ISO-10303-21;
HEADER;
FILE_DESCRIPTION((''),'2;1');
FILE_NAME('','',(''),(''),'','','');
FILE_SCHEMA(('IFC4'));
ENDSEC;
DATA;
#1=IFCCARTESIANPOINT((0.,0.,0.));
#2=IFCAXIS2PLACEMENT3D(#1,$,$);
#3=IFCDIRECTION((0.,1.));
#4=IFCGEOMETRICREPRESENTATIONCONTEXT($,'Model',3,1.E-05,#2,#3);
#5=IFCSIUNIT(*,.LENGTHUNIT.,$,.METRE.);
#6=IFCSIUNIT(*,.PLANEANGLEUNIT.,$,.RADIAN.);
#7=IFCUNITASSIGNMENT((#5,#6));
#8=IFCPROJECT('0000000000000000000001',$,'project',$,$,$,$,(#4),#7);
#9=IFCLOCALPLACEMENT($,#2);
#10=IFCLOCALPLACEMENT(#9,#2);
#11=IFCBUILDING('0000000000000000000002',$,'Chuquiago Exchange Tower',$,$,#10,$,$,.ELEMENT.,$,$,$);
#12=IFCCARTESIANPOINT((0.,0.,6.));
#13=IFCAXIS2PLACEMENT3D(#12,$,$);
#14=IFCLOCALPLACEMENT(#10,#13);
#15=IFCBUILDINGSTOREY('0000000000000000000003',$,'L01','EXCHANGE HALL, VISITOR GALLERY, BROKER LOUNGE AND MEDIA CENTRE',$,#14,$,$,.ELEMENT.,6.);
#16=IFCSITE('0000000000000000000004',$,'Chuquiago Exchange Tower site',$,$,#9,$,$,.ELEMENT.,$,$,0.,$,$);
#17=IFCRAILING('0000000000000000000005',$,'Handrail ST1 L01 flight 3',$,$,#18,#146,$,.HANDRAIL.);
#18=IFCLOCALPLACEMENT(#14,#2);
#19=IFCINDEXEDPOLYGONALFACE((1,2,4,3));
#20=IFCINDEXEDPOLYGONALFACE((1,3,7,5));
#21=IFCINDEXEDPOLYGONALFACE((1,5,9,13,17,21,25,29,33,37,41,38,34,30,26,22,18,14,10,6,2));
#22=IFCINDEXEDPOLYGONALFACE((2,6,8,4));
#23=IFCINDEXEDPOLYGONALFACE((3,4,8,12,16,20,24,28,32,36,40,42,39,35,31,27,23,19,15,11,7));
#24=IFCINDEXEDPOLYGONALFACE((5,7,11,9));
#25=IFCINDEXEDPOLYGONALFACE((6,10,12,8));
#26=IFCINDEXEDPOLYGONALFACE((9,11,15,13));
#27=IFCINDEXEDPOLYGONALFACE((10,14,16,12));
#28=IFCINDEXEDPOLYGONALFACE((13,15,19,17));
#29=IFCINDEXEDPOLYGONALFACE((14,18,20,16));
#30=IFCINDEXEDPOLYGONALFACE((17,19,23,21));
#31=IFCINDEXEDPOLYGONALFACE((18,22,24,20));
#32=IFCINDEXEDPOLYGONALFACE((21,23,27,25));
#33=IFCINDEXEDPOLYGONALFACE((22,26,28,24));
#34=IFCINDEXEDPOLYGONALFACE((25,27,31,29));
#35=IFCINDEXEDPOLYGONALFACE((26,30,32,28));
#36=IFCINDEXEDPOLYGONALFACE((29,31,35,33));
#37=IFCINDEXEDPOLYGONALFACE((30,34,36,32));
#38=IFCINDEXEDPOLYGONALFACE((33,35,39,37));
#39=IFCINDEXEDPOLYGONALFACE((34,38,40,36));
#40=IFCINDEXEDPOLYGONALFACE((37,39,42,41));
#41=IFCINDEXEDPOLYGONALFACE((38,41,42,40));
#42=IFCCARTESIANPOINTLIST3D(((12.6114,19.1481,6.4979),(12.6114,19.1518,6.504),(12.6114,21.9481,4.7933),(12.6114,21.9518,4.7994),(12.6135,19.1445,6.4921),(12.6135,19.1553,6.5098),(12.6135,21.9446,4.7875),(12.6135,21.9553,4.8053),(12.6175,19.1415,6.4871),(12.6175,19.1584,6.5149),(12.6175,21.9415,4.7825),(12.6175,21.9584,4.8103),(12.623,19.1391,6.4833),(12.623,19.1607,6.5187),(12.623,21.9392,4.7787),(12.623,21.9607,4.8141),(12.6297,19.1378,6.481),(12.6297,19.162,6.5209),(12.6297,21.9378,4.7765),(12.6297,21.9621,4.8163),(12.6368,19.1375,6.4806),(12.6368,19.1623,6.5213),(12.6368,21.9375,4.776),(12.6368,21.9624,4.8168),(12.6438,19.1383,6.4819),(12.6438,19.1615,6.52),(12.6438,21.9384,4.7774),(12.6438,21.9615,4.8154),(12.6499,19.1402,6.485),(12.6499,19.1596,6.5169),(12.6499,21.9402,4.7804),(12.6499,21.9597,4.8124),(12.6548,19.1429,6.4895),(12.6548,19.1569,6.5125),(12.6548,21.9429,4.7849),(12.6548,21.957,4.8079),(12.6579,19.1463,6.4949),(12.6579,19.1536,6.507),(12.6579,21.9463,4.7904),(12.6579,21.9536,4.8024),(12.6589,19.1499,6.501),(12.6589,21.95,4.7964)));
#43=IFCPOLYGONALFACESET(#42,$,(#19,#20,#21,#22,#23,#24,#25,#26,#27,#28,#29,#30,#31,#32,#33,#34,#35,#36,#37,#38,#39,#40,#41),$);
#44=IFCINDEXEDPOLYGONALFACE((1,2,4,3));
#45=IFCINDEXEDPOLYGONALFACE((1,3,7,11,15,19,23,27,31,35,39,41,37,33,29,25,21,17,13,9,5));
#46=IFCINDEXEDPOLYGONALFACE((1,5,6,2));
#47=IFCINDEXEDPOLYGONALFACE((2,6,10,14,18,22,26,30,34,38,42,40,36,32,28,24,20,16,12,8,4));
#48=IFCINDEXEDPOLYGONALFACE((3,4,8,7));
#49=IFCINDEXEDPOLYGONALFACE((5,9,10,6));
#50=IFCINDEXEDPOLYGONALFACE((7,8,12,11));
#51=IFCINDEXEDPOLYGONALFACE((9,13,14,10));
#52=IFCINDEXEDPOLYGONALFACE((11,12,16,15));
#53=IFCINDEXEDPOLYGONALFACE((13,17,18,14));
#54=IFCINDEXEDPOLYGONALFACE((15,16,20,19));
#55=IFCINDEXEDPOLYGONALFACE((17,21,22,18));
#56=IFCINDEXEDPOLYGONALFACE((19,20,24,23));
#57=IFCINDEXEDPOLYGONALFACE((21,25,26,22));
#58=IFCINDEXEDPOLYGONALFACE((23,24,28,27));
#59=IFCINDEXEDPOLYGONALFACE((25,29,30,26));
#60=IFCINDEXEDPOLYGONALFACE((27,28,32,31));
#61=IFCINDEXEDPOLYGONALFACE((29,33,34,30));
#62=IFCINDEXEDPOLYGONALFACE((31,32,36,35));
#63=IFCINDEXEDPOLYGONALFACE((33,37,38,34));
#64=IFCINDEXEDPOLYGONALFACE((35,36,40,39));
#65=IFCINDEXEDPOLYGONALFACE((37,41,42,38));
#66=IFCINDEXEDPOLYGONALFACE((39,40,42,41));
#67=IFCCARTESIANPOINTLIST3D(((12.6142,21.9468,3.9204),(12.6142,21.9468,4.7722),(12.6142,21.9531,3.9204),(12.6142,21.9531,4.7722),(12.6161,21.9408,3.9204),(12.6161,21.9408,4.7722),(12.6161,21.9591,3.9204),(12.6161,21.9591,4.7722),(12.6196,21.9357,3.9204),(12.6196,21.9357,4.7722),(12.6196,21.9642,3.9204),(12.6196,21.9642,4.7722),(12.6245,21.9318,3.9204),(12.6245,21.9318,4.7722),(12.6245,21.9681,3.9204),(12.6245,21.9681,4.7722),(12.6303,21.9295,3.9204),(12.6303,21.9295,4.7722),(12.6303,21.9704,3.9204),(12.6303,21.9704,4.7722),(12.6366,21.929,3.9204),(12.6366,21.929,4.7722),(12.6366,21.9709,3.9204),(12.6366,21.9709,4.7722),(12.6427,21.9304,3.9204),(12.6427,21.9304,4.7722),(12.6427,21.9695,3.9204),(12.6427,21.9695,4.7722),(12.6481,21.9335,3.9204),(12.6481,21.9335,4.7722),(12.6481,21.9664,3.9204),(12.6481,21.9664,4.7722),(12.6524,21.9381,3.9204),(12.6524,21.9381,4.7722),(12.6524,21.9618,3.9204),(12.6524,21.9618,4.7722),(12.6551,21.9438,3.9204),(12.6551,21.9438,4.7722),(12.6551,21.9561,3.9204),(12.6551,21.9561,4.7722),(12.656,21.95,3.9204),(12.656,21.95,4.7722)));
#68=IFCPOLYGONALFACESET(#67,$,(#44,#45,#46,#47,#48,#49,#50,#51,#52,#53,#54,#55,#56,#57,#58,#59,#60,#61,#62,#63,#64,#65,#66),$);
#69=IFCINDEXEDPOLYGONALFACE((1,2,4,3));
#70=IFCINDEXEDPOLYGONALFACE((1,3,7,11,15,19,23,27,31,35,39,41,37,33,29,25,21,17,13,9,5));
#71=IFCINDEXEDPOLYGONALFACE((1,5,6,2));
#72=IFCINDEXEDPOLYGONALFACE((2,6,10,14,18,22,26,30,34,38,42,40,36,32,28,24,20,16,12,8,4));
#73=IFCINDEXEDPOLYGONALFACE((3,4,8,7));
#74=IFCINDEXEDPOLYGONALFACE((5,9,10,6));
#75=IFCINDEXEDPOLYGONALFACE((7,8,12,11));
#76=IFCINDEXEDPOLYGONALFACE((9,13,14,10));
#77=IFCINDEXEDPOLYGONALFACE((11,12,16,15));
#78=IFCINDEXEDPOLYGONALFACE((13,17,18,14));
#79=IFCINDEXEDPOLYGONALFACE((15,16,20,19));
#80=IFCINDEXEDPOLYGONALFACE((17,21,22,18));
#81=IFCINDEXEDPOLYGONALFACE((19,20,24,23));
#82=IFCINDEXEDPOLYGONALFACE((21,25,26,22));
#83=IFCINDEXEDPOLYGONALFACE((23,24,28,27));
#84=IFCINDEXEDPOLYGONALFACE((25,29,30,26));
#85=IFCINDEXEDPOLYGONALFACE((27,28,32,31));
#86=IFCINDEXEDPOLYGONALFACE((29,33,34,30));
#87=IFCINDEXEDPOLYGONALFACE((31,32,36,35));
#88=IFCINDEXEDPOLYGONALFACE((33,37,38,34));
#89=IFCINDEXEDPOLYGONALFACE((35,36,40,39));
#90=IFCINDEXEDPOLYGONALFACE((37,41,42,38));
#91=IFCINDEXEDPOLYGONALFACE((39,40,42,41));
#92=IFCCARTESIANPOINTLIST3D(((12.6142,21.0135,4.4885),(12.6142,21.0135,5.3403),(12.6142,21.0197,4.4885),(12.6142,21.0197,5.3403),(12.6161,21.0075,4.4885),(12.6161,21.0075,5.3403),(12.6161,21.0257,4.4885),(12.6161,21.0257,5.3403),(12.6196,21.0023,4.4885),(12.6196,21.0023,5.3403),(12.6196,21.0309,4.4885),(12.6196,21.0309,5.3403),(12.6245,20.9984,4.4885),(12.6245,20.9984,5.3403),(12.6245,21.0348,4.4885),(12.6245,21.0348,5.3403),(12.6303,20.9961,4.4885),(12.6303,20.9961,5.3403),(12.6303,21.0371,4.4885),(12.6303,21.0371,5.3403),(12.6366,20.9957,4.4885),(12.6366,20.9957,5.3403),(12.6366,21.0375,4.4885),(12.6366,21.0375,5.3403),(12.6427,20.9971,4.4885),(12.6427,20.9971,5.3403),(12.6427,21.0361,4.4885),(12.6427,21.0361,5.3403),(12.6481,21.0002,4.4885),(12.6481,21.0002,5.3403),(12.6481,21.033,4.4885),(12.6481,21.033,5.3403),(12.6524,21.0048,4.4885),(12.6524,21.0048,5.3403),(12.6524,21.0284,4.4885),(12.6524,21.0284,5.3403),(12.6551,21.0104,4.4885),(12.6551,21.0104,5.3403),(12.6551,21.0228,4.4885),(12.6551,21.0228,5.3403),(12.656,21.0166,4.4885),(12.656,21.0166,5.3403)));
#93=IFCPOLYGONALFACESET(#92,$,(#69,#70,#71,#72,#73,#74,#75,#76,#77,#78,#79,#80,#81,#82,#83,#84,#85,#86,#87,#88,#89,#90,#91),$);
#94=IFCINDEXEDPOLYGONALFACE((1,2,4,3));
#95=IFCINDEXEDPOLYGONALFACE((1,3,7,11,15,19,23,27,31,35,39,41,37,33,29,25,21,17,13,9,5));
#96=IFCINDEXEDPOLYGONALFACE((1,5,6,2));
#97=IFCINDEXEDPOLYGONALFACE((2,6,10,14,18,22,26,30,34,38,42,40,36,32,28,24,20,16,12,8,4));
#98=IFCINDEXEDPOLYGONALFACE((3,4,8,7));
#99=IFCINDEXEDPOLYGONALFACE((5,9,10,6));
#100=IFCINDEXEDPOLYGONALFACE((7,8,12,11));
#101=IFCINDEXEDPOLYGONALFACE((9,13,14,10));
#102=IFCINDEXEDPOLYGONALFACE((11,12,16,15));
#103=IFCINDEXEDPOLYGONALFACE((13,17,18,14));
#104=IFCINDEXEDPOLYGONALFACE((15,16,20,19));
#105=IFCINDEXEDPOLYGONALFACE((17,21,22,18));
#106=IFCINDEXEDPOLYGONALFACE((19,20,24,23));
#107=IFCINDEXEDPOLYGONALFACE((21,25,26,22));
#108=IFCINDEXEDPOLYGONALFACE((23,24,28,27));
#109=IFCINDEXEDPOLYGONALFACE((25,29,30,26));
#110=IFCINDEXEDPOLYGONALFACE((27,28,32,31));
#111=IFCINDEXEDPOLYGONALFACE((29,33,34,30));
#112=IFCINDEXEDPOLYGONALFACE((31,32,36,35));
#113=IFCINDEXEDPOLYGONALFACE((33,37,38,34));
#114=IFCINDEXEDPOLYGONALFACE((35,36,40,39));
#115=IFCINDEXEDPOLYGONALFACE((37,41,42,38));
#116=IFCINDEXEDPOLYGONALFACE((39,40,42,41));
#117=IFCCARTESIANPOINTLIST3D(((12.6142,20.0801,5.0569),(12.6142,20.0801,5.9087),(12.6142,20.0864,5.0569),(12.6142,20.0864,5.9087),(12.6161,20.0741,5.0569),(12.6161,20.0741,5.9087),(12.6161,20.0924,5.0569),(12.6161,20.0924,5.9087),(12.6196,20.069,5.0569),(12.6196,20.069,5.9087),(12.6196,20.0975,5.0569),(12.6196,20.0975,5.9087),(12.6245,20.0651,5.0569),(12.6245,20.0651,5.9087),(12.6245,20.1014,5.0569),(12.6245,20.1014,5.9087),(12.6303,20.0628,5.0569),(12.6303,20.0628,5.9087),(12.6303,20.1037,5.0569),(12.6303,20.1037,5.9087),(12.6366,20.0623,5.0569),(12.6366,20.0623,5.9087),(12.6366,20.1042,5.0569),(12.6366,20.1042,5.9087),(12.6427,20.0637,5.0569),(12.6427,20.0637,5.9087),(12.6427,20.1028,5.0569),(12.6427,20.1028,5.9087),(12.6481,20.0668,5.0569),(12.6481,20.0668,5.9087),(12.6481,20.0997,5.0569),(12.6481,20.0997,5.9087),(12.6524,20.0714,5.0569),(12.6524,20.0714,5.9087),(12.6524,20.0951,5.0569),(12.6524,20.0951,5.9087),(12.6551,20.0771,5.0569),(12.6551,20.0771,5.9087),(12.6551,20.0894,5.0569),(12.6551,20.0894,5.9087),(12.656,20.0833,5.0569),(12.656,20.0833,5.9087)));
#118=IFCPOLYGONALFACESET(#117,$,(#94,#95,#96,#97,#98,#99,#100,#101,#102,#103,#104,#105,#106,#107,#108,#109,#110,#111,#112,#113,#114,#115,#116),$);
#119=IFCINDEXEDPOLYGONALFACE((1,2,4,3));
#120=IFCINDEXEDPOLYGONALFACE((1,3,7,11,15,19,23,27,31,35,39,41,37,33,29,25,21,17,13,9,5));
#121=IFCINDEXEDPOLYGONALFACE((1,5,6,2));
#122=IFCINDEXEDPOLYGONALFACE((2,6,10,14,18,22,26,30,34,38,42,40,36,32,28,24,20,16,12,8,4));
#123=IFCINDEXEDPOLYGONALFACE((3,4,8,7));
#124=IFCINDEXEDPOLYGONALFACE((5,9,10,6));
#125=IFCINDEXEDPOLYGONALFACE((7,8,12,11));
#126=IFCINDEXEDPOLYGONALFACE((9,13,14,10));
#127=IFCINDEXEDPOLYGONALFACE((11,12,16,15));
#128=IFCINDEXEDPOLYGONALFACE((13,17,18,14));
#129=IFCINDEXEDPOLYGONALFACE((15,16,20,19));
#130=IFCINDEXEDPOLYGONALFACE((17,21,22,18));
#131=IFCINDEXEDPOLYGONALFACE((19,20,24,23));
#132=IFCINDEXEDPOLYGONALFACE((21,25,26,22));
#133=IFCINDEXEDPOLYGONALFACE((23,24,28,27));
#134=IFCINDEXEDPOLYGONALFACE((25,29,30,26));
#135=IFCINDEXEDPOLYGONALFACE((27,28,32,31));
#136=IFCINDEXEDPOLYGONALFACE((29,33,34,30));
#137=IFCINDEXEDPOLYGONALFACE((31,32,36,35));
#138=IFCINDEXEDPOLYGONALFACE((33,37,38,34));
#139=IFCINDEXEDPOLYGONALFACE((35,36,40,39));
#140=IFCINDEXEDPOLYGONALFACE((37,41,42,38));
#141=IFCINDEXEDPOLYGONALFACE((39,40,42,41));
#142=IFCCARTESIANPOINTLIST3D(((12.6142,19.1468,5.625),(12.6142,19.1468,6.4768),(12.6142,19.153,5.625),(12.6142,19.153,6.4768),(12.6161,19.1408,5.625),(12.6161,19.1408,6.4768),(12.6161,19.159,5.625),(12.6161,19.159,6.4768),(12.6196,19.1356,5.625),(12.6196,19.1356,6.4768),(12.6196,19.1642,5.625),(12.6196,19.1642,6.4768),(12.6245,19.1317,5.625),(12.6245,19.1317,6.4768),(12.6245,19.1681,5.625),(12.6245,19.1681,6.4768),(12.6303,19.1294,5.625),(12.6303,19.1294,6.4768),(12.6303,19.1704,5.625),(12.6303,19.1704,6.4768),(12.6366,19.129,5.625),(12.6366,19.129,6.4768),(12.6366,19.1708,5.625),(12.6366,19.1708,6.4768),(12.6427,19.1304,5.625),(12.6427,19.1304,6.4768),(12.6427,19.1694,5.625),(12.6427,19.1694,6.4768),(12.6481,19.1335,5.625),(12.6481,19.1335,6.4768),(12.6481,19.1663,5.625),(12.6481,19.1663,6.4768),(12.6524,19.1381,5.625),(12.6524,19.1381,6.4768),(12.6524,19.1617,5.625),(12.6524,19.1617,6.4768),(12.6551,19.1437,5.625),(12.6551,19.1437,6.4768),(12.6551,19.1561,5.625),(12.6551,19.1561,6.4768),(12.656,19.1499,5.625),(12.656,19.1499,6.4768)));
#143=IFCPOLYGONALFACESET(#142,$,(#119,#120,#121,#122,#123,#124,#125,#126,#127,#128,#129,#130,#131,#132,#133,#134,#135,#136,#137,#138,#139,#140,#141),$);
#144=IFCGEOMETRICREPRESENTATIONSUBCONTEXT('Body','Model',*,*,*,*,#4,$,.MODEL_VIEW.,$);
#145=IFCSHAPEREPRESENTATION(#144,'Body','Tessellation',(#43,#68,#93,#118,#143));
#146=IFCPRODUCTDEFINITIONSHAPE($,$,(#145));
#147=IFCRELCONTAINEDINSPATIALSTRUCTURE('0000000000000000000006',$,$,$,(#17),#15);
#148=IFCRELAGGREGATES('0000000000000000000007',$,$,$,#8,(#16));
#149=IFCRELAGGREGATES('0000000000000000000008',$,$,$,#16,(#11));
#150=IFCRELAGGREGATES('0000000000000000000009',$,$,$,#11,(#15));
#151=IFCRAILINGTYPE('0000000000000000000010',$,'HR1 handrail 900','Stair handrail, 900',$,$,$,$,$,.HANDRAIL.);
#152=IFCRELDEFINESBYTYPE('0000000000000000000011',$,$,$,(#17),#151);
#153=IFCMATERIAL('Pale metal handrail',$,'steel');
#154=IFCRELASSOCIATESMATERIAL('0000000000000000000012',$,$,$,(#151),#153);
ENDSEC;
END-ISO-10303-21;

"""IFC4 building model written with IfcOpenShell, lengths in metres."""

from ifc_helpers import new_model, si_unit, direction, frame, origin, origin_2d, place, context, subcontext, project, spatial, circle, extrude, material, type_object, element, save


model = new_model("IFC4")

# Units and contexts
model_context = context("Model", 3, precision=1e-05, world=origin(), true_north=direction((0.0, 1.0)))
body_context = subcontext(model_context, "Body", "Model", "MODEL_VIEW")
ifc_project = project(units=[si_unit("LENGTHUNIT", "METRE"), si_unit("PLANEANGLEUNIT", "RADIAN")], contexts=[model_context])

# Site, building, storey
site_placement = place(None, origin())
site = spatial("IfcSite", under=ifc_project, at=site_placement, Name="Chuquiago Exchange Tower site", CompositionType="ELEMENT", RefElevation=0.0)
building_placement = place(site_placement, origin())
building = spatial("IfcBuilding", under=site, at=building_placement, Name="Chuquiago Exchange Tower", CompositionType="ELEMENT")
storey_placement = place(building_placement, frame((0.0, 0.0, 6.0)))
storey = spatial("IfcBuildingStorey", under=building, at=storey_placement, Name="L01", Description="EXCHANGE HALL, VISITOR GALLERY, BROKER LOUNGE AND MEDIA CENTRE", CompositionType="ELEMENT", Elevation=6.0)

# Railing
ifc_material_1 = material(Name="Pale metal handrail", Category="steel")
railing_type = type_object("IfcRailingType", Name="HR1 handrail 900", Description="Stair handrail, 900", PredefinedType="HANDRAIL", material=ifc_material_1)
for number, where, name in (
    (1, (12.635, 21.95, 3.9204), "Handrail ST1 L01 flight 3"),
):
    element("IfcRailing", number, at=place(storey_placement, frame(where)), inside=storey, type_object=railing_type, Name=name, PredefinedType="HANDRAIL", context=body_context, shape_type="SweptSolid", body=[
        extrude(circle(Radius=0.0239, at=origin_2d()), frame((0.0, 0.0, 0.876), z_axis=(0.0, -0.85417, 0.519994), x_axis=(1.0, 0.0, 0.0)), (0.0, 0.0, 1.0), 3.2781),
        extrude(circle(Radius=0.021, at=origin_2d()), origin(), (0.0, 0.0, 1.0), 0.8518),
        extrude(circle(Radius=0.021, at=origin_2d()), frame((0.0, -0.9333, 0.5681)), (0.0, 0.0, 1.0), 0.8518),
        extrude(circle(Radius=0.021, at=origin_2d()), frame((0.0, -1.8667, 1.1365)), (0.0, 0.0, 1.0), 0.8518),
        extrude(circle(Radius=0.021, at=origin_2d()), frame((0.0, -2.8, 1.7046)), (0.0, 0.0, 1.0), 0.8518),
    ])

save(model, "model.ifc")
